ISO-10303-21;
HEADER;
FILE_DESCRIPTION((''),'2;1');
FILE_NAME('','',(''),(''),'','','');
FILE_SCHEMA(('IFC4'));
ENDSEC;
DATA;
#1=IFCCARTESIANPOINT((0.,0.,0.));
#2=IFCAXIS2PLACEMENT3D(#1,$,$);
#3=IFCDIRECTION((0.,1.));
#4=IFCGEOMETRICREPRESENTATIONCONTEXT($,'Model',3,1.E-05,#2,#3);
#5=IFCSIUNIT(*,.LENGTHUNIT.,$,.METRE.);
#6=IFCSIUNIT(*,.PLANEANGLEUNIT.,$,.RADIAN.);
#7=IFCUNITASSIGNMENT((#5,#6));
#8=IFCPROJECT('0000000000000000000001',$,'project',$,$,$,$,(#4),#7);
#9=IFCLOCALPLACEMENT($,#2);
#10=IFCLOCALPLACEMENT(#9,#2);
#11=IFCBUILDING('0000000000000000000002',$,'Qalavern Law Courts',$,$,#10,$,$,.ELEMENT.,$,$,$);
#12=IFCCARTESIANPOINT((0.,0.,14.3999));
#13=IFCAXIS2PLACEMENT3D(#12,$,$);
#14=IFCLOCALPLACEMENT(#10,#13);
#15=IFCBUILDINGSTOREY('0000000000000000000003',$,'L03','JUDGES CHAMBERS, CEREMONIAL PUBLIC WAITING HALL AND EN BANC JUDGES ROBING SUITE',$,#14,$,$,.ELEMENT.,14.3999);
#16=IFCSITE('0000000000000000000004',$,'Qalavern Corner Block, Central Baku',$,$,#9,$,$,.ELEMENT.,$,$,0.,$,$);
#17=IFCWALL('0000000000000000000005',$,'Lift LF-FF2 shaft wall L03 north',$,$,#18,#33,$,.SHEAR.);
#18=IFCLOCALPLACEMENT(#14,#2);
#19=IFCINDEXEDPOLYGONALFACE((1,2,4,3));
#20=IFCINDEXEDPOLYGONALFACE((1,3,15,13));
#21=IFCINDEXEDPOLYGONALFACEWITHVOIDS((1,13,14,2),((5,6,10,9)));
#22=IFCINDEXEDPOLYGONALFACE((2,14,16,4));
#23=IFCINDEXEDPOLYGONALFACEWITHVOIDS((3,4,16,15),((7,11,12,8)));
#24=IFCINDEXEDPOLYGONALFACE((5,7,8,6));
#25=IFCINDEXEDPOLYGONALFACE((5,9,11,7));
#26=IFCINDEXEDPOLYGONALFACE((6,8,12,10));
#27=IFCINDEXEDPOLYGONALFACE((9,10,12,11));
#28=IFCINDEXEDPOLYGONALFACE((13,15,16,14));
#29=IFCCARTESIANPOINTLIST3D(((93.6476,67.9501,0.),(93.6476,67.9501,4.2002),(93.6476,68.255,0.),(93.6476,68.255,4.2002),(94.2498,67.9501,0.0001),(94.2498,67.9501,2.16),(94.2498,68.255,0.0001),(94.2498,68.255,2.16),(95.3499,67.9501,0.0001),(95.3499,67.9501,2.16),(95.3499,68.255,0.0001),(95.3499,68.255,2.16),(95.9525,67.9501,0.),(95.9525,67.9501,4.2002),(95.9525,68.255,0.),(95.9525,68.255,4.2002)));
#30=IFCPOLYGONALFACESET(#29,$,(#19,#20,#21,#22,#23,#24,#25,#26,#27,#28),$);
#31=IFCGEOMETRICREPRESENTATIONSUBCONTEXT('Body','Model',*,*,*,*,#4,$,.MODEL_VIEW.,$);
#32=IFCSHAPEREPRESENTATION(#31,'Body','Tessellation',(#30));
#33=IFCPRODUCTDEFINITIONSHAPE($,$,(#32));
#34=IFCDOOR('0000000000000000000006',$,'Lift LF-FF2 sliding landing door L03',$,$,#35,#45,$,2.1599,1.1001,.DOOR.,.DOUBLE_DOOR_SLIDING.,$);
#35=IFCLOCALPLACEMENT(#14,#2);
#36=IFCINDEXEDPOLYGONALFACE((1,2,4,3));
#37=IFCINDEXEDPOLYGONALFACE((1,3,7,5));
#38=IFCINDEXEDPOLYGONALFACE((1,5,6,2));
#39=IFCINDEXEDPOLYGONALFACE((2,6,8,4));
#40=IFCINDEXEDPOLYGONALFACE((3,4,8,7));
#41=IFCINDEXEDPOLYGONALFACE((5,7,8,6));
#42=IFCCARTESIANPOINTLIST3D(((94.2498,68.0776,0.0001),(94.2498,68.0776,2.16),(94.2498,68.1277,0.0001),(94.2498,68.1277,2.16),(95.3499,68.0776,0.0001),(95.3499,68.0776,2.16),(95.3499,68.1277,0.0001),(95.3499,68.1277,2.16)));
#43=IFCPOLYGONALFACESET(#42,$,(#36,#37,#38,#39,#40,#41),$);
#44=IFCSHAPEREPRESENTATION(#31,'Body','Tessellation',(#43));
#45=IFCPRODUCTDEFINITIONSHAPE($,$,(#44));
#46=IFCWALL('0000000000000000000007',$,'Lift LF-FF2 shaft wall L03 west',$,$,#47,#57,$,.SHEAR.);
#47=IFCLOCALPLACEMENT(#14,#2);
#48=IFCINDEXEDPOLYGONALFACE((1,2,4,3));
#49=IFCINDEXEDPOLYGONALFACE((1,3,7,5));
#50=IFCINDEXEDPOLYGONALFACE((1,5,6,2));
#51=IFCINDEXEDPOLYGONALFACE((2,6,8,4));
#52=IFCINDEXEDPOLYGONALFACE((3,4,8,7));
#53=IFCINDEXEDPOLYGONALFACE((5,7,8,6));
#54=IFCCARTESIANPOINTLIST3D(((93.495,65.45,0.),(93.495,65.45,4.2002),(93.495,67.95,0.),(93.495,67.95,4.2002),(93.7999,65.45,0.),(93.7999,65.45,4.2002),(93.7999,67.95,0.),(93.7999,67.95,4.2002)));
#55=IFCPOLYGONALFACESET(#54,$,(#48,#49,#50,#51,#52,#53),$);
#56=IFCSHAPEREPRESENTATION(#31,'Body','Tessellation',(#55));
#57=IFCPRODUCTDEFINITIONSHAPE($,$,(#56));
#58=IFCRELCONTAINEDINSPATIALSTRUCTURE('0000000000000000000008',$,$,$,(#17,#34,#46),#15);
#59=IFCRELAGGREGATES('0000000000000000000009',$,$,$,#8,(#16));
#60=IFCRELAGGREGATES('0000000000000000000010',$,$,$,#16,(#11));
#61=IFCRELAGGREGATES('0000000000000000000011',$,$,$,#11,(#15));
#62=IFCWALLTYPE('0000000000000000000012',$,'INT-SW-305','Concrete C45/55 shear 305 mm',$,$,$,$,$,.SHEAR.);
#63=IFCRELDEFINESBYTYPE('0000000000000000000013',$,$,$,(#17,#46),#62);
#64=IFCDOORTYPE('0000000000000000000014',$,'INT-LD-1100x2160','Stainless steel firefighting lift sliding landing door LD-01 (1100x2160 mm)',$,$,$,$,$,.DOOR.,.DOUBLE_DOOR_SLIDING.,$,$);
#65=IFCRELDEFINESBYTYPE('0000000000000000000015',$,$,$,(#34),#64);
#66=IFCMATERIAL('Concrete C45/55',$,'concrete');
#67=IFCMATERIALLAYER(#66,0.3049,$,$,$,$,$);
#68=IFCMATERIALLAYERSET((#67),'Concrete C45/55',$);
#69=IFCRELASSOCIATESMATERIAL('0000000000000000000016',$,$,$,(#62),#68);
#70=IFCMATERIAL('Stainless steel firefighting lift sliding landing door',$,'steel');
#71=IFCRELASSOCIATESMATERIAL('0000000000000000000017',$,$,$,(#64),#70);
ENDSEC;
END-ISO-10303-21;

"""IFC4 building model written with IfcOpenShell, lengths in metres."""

from ifc_helpers import new_model, si_unit, direction, frame, frame_2d, origin, place, context, subcontext, project, spatial, rectangle, extrude, material, layer, layer_set, type_object, element, fill, save


model = new_model("IFC4")

# Units and contexts
model_context = context("Model", 3, precision=1e-05, world=origin(), true_north=direction((0.0, 1.0)))
body_context = subcontext(model_context, "Body", "Model", "MODEL_VIEW")
ifc_project = project(units=[si_unit("LENGTHUNIT", "METRE"), si_unit("PLANEANGLEUNIT", "RADIAN")], contexts=[model_context])

# Site, building, storey
site_placement = place(None, origin())
site = spatial("IfcSite", under=ifc_project, at=site_placement, Name="Qalavern Corner Block, Central Baku", CompositionType="ELEMENT", RefElevation=0.0)
building_placement = place(site_placement, origin())
building = spatial("IfcBuilding", under=site, at=building_placement, Name="Qalavern Law Courts", CompositionType="ELEMENT")
storey_placement = place(building_placement, frame((0.0, 0.0, 14.3999)))
storey = spatial("IfcBuildingStorey", under=building, at=storey_placement, Name="L03", Description="JUDGES CHAMBERS, CEREMONIAL PUBLIC WAITING HALL AND EN BANC JUDGES ROBING SUITE", CompositionType="ELEMENT", Elevation=14.3999)

# Shared definitions
ifc_material_1 = material(Name="Concrete C45/55", Category="concrete")

# Shared definitions
ifc_layer_1 = layer(ifc_material_1, 0.3049)
ifc_layer_set_1 = layer_set([ifc_layer_1], Name="Concrete C45/55")
wall_type_1 = type_object("IfcWallType", Name="INT-SW-305", Description="Concrete C45/55 shear 305 mm", PredefinedType="SHEAR", material=ifc_layer_set_1)

# Wall, opening, door
wall_1_placement = place(storey_placement, frame((95.9524, 68.1025, 0.0), z_axis=(0.0, 0.0, 1.0), x_axis=(-1.0, 0.0, 0.0)))
wall_1 = element("IfcWall", 1, at=wall_1_placement, inside=storey, type_object=wall_type_1, Name="Lift LF-FF2 shaft wall L03 north", PredefinedType="SHEAR", context=body_context, shape_type="SweptSolid", body=[
    extrude(rectangle(XDim=2.3049, YDim=0.3049, at=frame_2d((1.1523, 0.0))), origin(), (0.0, 0.0, 1.0), 4.2002),
])
opening_1_placement = place(wall_1_placement, frame((0.6025, 0.0, 0.0)))
opening_1 = element("IfcOpeningElement", 2, at=opening_1_placement, cuts=wall_1, PredefinedType="OPENING", context=body_context, shape_type="SweptSolid", body=[
    extrude(rectangle(XDim=1.1001, YDim=2.1599, at=frame_2d((0.55, 1.0801))), frame((0.0, 0.1675, 0.0), z_axis=(0.0, -1.0, 0.0), x_axis=(1.0, 0.0, 0.0)), (0.0, 0.0, 1.0), 0.3347),
])
ifc_material_2 = material(Name="Stainless steel firefighting lift sliding landing door", Category="steel")
door_type_1 = type_object("IfcDoorType", Name="INT-LD-1100x2160", Description="Stainless steel firefighting lift sliding landing door LD-01 (1100x2160 mm)", OperationType="DOUBLE_DOOR_SLIDING", PredefinedType="DOOR", material=ifc_material_2)
door_1_placement = place(opening_1_placement, origin())
door_1 = element("IfcDoor", 3, at=door_1_placement, inside=storey, type_object=door_type_1, Name="Lift LF-FF2 sliding landing door L03", OperationType="DOUBLE_DOOR_SLIDING", OverallHeight=2.1599, OverallWidth=1.1001, PredefinedType="DOOR", context=body_context, shape_type="SweptSolid", body=[
    extrude(rectangle(XDim=1.1001, YDim=2.1599, at=frame_2d((0.55, 1.0801))), frame((0.0, 0.0249, 0.0), z_axis=(0.0, -1.0, 0.0), x_axis=(1.0, 0.0, 0.0)), (0.0, 0.0, 1.0), 0.05),
])
fill(opening_1, door_1)

# Wall
wall_2_placement = place(storey_placement, frame((93.6475, 67.95, 0.0), z_axis=(0.0, 0.0, 1.0), x_axis=(0.0, -1.0, 0.0)))
element("IfcWall", 4, at=wall_2_placement, inside=storey, type_object=wall_type_1, Name="Lift LF-FF2 shaft wall L03 west", PredefinedType="SHEAR", context=body_context, shape_type="SweptSolid", body=[
    extrude(rectangle(XDim=2.5, YDim=0.3049, at=frame_2d((1.25, 0.0))), origin(), (0.0, 0.0, 1.0), 4.2002),
])

save(model, "model.ifc")
